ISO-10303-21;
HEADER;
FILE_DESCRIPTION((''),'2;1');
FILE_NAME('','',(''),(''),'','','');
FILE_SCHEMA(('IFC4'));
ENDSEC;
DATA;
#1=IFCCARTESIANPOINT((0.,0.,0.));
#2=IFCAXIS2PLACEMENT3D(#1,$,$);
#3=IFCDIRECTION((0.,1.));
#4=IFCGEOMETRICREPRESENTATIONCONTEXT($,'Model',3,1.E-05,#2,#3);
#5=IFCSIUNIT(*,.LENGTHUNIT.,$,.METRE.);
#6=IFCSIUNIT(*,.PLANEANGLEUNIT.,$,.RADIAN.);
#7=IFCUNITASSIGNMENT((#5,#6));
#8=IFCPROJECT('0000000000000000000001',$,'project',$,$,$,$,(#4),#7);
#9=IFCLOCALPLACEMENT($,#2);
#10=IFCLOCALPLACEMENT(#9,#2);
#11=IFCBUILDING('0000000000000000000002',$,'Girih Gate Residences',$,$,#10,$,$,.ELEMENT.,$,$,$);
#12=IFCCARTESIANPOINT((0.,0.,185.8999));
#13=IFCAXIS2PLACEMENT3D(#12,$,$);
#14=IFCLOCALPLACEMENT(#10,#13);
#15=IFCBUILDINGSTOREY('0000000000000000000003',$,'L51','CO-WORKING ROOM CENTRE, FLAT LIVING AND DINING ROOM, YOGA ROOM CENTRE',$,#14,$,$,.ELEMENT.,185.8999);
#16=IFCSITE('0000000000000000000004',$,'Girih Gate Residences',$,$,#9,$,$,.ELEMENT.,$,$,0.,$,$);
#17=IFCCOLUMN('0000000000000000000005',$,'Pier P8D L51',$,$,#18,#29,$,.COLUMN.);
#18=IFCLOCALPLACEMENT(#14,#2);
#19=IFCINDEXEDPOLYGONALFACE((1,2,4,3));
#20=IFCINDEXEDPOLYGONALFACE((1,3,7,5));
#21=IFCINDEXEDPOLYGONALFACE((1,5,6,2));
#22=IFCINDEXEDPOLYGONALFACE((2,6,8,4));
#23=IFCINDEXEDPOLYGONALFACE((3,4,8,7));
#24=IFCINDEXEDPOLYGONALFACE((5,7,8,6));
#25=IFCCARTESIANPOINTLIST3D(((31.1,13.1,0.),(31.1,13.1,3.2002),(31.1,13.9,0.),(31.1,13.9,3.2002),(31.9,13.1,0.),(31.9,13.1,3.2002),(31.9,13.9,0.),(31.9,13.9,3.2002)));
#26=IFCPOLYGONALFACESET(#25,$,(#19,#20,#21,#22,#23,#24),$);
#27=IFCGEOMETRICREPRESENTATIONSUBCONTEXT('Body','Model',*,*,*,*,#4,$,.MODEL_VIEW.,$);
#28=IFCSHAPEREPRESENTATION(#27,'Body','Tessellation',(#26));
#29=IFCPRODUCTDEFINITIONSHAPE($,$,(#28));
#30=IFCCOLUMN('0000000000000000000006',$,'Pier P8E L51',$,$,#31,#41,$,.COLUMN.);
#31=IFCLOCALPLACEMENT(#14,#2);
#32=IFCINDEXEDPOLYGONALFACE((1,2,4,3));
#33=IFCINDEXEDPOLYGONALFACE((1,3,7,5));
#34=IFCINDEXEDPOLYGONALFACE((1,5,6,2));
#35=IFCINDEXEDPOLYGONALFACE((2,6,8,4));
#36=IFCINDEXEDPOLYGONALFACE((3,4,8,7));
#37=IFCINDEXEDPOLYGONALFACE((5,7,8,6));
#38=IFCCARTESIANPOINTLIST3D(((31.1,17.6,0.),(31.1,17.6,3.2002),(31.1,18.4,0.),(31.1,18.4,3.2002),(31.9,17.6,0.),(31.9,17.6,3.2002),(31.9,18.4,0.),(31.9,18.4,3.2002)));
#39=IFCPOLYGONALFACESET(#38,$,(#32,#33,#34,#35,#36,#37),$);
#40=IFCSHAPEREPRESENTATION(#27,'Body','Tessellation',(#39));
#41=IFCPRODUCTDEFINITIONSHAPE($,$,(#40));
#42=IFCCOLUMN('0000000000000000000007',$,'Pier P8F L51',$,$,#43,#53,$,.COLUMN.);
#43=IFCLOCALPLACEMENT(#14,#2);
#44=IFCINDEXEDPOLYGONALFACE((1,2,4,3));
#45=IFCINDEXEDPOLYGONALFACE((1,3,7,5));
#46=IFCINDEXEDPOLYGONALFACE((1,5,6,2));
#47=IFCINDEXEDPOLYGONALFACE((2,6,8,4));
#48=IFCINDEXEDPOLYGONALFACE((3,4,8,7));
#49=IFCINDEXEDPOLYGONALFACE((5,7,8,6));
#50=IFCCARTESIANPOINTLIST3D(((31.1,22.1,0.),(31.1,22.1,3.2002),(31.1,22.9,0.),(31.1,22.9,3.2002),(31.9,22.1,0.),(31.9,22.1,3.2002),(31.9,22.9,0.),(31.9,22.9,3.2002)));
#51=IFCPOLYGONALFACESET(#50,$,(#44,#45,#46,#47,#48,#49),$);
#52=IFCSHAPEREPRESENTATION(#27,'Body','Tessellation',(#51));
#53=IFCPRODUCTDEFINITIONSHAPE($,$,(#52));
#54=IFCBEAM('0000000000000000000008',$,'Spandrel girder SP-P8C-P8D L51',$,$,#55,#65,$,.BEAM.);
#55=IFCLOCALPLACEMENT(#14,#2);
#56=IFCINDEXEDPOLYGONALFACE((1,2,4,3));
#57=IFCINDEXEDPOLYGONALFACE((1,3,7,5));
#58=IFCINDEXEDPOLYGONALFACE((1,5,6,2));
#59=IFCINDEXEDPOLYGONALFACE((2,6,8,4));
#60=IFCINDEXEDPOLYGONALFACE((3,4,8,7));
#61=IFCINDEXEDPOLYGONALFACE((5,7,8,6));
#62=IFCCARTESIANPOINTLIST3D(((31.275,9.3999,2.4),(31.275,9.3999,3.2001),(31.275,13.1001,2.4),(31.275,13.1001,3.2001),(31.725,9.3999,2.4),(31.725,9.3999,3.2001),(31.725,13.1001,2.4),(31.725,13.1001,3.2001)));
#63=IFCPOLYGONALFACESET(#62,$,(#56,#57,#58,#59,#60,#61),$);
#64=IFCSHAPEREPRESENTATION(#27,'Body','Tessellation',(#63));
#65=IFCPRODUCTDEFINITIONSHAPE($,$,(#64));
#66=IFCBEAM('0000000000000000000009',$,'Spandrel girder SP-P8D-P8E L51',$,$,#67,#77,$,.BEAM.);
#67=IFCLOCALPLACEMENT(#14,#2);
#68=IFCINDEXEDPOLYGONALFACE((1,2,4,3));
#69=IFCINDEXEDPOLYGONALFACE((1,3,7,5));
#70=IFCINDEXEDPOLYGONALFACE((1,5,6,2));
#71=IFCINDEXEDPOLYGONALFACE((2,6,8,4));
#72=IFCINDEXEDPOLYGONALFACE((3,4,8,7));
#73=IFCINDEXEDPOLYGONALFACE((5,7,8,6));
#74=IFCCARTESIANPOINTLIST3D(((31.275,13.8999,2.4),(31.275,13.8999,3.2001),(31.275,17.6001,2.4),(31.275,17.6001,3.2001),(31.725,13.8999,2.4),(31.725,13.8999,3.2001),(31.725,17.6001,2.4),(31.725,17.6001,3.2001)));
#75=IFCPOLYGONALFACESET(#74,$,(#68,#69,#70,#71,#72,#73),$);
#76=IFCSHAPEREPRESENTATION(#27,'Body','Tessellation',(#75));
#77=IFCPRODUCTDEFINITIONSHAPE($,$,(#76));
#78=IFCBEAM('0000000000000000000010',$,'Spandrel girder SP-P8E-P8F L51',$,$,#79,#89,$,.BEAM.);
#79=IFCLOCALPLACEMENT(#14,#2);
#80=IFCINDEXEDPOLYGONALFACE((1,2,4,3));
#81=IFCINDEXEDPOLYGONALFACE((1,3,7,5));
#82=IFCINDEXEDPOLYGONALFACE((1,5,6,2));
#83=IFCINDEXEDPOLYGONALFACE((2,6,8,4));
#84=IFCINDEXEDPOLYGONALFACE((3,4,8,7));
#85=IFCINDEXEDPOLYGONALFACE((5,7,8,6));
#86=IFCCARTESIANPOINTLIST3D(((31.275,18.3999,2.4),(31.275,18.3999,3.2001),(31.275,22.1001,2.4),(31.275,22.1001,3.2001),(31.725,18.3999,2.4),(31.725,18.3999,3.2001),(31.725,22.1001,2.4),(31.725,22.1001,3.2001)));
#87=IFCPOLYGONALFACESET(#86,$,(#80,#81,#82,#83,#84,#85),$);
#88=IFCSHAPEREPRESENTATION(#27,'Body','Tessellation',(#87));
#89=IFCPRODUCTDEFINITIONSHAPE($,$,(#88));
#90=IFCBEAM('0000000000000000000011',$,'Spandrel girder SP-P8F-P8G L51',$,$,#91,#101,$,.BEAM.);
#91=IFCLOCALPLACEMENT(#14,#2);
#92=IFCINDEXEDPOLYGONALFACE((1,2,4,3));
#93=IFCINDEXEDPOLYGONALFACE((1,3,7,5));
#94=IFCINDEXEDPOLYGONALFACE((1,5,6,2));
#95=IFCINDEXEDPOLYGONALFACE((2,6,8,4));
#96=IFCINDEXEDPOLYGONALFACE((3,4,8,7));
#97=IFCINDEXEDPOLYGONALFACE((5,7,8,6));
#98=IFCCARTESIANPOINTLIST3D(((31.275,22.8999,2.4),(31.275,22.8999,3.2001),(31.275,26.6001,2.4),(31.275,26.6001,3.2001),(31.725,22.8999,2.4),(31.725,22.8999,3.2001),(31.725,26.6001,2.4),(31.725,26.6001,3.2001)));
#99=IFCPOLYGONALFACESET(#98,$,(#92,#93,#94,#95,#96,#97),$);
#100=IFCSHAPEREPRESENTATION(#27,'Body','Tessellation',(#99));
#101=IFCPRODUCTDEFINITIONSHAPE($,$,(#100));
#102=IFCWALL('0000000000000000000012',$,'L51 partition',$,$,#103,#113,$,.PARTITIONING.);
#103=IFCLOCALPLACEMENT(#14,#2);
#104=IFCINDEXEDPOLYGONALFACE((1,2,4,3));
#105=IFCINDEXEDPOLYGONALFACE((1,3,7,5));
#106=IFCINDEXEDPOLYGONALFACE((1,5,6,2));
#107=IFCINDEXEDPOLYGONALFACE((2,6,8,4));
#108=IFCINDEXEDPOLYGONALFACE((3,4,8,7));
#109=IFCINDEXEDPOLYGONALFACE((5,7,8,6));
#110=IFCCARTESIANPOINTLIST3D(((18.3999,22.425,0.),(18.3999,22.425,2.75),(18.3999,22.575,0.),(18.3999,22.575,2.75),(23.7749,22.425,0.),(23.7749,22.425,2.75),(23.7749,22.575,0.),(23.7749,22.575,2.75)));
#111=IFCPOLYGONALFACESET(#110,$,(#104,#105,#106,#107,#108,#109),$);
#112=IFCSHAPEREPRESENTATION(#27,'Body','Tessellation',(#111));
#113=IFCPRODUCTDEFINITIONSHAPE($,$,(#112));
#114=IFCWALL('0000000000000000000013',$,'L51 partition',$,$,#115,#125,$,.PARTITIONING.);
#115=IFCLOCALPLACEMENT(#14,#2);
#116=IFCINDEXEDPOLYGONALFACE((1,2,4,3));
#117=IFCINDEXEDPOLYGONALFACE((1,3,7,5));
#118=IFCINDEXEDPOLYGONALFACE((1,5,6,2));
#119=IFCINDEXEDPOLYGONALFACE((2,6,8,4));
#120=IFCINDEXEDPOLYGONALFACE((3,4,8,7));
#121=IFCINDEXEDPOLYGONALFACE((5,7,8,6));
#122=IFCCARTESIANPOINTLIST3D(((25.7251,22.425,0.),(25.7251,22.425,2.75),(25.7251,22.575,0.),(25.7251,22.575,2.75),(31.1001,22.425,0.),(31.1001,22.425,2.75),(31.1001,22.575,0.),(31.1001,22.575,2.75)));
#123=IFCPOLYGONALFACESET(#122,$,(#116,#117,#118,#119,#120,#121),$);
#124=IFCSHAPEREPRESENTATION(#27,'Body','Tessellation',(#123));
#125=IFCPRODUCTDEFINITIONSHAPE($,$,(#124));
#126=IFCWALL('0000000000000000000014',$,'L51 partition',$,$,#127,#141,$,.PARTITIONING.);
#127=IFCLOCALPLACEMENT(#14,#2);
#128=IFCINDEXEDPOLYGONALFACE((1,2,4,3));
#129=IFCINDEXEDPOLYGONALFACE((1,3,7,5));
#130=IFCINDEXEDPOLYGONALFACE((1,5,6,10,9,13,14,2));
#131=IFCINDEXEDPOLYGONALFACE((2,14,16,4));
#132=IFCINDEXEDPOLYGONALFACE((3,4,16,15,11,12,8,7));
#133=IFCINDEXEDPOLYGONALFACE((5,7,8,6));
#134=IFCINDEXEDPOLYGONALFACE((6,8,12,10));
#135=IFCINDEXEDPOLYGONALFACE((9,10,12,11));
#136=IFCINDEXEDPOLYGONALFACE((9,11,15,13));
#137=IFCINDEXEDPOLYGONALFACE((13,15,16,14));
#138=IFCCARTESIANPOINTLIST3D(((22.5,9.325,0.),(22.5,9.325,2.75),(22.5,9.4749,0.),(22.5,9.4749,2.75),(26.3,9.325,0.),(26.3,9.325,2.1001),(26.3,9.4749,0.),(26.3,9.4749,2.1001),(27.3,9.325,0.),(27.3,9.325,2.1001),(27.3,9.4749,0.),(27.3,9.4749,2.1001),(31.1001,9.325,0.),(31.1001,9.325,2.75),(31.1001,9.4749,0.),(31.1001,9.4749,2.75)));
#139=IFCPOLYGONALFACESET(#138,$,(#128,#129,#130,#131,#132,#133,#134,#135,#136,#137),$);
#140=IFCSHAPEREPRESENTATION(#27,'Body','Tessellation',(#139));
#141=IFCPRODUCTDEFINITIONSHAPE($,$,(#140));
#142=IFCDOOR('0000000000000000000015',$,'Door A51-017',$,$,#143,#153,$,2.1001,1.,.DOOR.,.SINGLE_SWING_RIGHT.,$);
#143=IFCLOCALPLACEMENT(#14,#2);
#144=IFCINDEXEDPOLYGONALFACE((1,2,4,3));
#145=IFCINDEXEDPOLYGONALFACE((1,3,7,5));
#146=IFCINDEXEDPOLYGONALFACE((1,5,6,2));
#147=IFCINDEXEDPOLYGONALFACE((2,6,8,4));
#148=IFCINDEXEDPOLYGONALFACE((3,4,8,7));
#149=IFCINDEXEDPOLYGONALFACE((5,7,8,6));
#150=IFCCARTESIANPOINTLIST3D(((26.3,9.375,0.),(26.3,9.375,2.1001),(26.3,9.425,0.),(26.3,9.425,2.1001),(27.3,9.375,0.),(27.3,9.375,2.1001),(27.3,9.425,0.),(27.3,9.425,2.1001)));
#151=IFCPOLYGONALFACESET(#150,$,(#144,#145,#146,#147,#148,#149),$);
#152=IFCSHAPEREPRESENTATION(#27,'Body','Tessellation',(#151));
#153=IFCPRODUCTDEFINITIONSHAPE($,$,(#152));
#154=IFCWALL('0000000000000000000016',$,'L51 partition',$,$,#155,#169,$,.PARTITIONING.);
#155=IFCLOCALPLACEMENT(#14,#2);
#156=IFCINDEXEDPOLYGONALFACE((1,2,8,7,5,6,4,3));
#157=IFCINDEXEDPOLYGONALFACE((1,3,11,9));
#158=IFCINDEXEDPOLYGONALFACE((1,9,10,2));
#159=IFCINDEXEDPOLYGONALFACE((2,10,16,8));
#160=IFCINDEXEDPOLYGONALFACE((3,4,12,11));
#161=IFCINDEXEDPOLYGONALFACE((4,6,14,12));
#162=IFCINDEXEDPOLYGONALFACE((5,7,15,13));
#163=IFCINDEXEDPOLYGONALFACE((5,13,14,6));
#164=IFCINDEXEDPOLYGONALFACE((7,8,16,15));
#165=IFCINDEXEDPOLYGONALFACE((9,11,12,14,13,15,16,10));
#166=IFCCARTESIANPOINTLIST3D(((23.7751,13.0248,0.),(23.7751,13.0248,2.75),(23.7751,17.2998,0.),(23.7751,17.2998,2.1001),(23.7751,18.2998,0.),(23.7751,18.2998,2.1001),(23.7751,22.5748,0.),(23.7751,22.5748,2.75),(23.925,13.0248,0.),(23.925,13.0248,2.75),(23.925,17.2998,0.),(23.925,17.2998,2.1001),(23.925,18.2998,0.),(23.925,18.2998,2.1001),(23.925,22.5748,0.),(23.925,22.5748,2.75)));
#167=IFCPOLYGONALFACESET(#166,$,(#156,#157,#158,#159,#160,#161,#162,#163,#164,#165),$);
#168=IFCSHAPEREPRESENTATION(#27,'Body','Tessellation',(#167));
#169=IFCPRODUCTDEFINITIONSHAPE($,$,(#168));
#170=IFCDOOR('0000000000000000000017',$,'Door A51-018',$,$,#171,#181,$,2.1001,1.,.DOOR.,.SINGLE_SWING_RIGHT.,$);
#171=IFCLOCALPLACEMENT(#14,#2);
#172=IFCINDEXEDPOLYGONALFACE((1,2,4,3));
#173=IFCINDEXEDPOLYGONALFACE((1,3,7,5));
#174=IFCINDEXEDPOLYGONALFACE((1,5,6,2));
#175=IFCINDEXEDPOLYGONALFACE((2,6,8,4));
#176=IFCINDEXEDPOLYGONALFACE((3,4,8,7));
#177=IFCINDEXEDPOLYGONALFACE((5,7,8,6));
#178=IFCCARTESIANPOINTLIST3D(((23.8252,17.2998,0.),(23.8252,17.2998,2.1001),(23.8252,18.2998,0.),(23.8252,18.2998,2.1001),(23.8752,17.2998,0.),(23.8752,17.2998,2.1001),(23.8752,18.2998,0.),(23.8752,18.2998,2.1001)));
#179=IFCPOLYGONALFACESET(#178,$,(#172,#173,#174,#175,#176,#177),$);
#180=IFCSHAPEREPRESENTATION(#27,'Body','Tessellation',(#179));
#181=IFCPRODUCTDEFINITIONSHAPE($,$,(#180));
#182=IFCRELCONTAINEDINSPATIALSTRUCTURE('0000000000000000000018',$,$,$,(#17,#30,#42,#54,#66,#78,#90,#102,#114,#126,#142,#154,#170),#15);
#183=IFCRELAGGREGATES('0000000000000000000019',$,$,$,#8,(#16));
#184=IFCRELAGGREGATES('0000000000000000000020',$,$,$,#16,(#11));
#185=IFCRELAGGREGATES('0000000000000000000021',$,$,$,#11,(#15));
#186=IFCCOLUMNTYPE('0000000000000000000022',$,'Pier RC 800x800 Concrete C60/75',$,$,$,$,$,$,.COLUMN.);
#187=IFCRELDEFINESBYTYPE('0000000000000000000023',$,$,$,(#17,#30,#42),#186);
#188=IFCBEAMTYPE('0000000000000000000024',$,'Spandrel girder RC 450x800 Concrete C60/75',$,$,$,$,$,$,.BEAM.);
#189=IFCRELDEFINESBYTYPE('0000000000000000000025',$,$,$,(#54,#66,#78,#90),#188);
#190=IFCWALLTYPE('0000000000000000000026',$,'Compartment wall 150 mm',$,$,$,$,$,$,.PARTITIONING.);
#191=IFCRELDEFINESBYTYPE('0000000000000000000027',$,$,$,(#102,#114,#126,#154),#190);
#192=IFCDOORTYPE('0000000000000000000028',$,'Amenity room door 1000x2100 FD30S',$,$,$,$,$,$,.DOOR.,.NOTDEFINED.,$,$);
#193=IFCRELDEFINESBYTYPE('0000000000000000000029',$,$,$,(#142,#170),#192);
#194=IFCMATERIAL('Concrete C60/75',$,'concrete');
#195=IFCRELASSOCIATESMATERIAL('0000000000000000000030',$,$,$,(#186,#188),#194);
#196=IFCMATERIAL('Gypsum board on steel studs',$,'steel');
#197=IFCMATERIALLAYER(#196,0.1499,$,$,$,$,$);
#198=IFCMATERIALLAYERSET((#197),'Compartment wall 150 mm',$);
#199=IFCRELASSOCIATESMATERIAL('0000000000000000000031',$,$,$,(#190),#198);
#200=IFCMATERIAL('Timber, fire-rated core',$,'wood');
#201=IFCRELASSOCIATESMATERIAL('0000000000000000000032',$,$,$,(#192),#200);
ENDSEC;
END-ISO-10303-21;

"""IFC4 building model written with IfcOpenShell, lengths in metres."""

from ifc_helpers import new_model, si_unit, direction, frame, frame_2d, origin, origin_2d, place, context, subcontext, project, spatial, rectangle, extrude, material, layer, layer_set, material_profile, profile_set, type_object, element, fill, save


model = new_model("IFC4")

# Units and contexts
model_context = context("Model", 3, precision=1e-05, world=origin(), true_north=direction((0.0, 1.0)))
body_context = subcontext(model_context, "Body", "Model", "MODEL_VIEW")
ifc_project = project(units=[si_unit("LENGTHUNIT", "METRE"), si_unit("PLANEANGLEUNIT", "RADIAN")], contexts=[model_context])

# Site, building, storey
site_placement = place(None, origin())
site = spatial("IfcSite", under=ifc_project, at=site_placement, Name="Girih Gate Residences", CompositionType="ELEMENT", RefElevation=0.0)
building_placement = place(site_placement, origin())
building = spatial("IfcBuilding", under=site, at=building_placement, Name="Girih Gate Residences", CompositionType="ELEMENT")
storey_placement = place(building_placement, frame((0.0, 0.0, 185.8999)))
storey = spatial("IfcBuildingStorey", under=building, at=storey_placement, Name="L51", Description="CO-WORKING ROOM CENTRE, FLAT LIVING AND DINING ROOM, YOGA ROOM CENTRE", CompositionType="ELEMENT", Elevation=185.8999)

# Columns
ifc_material_1 = material(Name="Concrete C60/75", Category="concrete")
ifc_material_profile_1 = material_profile(ifc_material_1, rectangle(XDim=0.8, YDim=0.8, at=origin_2d()))
ifc_profile_set_1 = profile_set([ifc_material_profile_1], Name="Concrete C60/75")
column_type = type_object("IfcColumnType", Name="Pier RC 800x800 Concrete C60/75", PredefinedType="COLUMN", material=ifc_profile_set_1)
for number, where, z_axis, x_axis, name in (
    (1, (31.5, 13.5, 0.0), (0.0, 0.0, 1.0), (1.0, 0.0, 0.0), "Pier P8D L51"),
    (2, (31.5, 18.0, 0.0), (0.0, 0.0, 1.0), (1.0, 0.0, 0.0), "Pier P8E L51"),
    (3, (31.5, 22.5, 0.0), (0.0, 0.0, 1.0), (1.0, 0.0, 0.0), "Pier P8F L51"),
):
    element("IfcColumn", number, at=place(storey_placement, frame(where, z_axis=z_axis, x_axis=x_axis)), inside=storey, type_object=column_type, Name=name, PredefinedType="COLUMN", context=body_context, shape_type="SweptSolid", body=[
        extrude(rectangle(XDim=0.8, YDim=0.8, at=origin_2d()), origin(), (0.0, 0.0, 1.0), 3.2002),
    ])

# Beams
ifc_material_profile_2 = material_profile(ifc_material_1, rectangle(XDim=0.45, YDim=0.8, at=origin_2d()))
ifc_profile_set_2 = profile_set([ifc_material_profile_2], Name="Concrete C60/75")
beam_type = type_object("IfcBeamType", Name="Spandrel girder RC 450x800 Concrete C60/75", PredefinedType="BEAM", material=ifc_profile_set_2)
for number, where, z_axis, x_axis, name in (
    (4, (31.5, 9.3999, 2.8), (0.0, 1.0, 0.0), (-1.0, 0.0, 0.0), "Spandrel girder SP-P8C-P8D L51"),
    (5, (31.5, 13.8999, 2.8), (0.0, 1.0, 0.0), (-1.0, 0.0, 0.0), "Spandrel girder SP-P8D-P8E L51"),
    (6, (31.5, 18.3999, 2.8), (0.0, 1.0, 0.0), (-1.0, 0.0, 0.0), "Spandrel girder SP-P8E-P8F L51"),
    (7, (31.5, 22.8999, 2.8), (0.0, 1.0, 0.0), (-1.0, 0.0, 0.0), "Spandrel girder SP-P8F-P8G L51"),
):
    element("IfcBeam", number, at=place(storey_placement, frame(where, z_axis=z_axis, x_axis=x_axis)), inside=storey, type_object=beam_type, Name=name, PredefinedType="BEAM", context=body_context, shape_type="SweptSolid", body=[
        extrude(rectangle(XDim=0.45, YDim=0.8, at=origin_2d()), origin(), (0.0, 0.0, 1.0), 3.7002),
    ])

# Walls
ifc_material_2 = material(Name="Gypsum board on steel studs", Category="steel")
ifc_layer_1 = layer(ifc_material_2, 0.1499)
ifc_layer_set_1 = layer_set([ifc_layer_1], Name="Compartment wall 150 mm")
wall_type_1 = type_object("IfcWallType", Name="Compartment wall 150 mm", PredefinedType="PARTITIONING", material=ifc_layer_set_1)
for number, where, z_axis, x_axis, name in (
    (8, (18.3999, 22.5, 0.0), (0.0, 0.0, 1.0), (1.0, 0.0, 0.0), "L51 partition"),
    (9, (25.7251, 22.5, 0.0), (0.0, 0.0, 1.0), (1.0, 0.0, 0.0), "L51 partition"),
):
    element("IfcWall", number, at=place(storey_placement, frame(where, z_axis=z_axis, x_axis=x_axis)), inside=storey, type_object=wall_type_1, Name=name, PredefinedType="PARTITIONING", context=body_context, shape_type="SweptSolid", body=[
        extrude(rectangle(XDim=5.375, YDim=0.1499, at=frame_2d((2.6875, 0.0))), origin(), (0.0, 0.0, 1.0), 2.75),
    ])

# Walls, openings, doors
wall_1_placement = place(storey_placement, frame((31.1001, 9.3999, 0.0), z_axis=(0.0, 0.0, 1.0), x_axis=(-1.0, 0.0, 0.0)))
wall_1 = element("IfcWall", 10, at=wall_1_placement, inside=storey, type_object=wall_type_1, Name="L51 partition", PredefinedType="PARTITIONING", context=body_context, shape_type="SweptSolid", body=[
    extrude(rectangle(XDim=8.6001, YDim=0.1499, at=frame_2d((4.3, 0.0))), origin(), (0.0, 0.0, 1.0), 2.75),
])
opening_1_placement = place(wall_1_placement, frame((3.8, 0.0, 0.0)))
opening_1 = element("IfcOpeningElement", 11, at=opening_1_placement, cuts=wall_1, PredefinedType="OPENING", context=body_context, shape_type="SweptSolid", body=[
    extrude(rectangle(XDim=1.0, YDim=2.1001, at=frame_2d((0.5, 1.05))), frame((0.0, 0.085, 0.0), z_axis=(0.0, -1.0, 0.0), x_axis=(1.0, 0.0, 0.0)), (0.0, 0.0, 1.0), 0.1699),
])
ifc_material_3 = material(Name="Timber, fire-rated core", Category="wood")
door_type = type_object("IfcDoorType", Name="Amenity room door 1000x2100 FD30S", OperationType="NOTDEFINED", PredefinedType="DOOR", material=ifc_material_3)
door_1_placement = place(opening_1_placement, origin())
door_1 = element("IfcDoor", 12, at=door_1_placement, inside=storey, type_object=door_type, Name="Door A51-017", OperationType="SINGLE_SWING_RIGHT", OverallHeight=2.1001, OverallWidth=1.0, PredefinedType="DOOR", context=body_context, shape_type="SweptSolid", body=[
    extrude(rectangle(XDim=1.0, YDim=2.1001, at=frame_2d((0.5, 1.05))), frame((0.0, 0.0249, 0.0), z_axis=(0.0, -1.0, 0.0), x_axis=(1.0, 0.0, 0.0)), (0.0, 0.0, 1.0), 0.05),
])
fill(opening_1, door_1)
wall_2_placement = place(storey_placement, frame((23.8501, 13.0249, 0.0), z_axis=(0.0, 0.0, 1.0), x_axis=(0.0, 1.0, 0.0)))
wall_2 = element("IfcWall", 13, at=wall_2_placement, inside=storey, type_object=wall_type_1, Name="L51 partition", PredefinedType="PARTITIONING", context=body_context, shape_type="SweptSolid", body=[
    extrude(rectangle(XDim=9.55, YDim=0.1499, at=frame_2d((4.7749, 0.0))), origin(), (0.0, 0.0, 1.0), 2.75),
])
opening_2_placement = place(wall_2_placement, frame((4.2749, 0.0, 0.0)))
opening_2 = element("IfcOpeningElement", 14, at=opening_2_placement, cuts=wall_2, PredefinedType="OPENING", context=body_context, shape_type="SweptSolid", body=[
    extrude(rectangle(XDim=1.0, YDim=2.1001, at=frame_2d((0.5, 1.05))), frame((0.0, 0.085, 0.0), z_axis=(0.0, -1.0, 0.0), x_axis=(1.0, 0.0, 0.0)), (0.0, 0.0, 1.0), 0.1699),
])
door_2_placement = place(opening_2_placement, origin())
door_2 = element("IfcDoor", 15, at=door_2_placement, inside=storey, type_object=door_type, Name="Door A51-018", OperationType="SINGLE_SWING_RIGHT", OverallHeight=2.1001, OverallWidth=1.0, PredefinedType="DOOR", context=body_context, shape_type="SweptSolid", body=[
    extrude(rectangle(XDim=1.0, YDim=2.1001, at=frame_2d((0.5, 1.05))), frame((0.0, 0.0249, 0.0), z_axis=(0.0, -1.0, 0.0), x_axis=(1.0, 0.0, 0.0)), (0.0, 0.0, 1.0), 0.05),
])
fill(opening_2, door_2)

save(model, "model.ifc")
